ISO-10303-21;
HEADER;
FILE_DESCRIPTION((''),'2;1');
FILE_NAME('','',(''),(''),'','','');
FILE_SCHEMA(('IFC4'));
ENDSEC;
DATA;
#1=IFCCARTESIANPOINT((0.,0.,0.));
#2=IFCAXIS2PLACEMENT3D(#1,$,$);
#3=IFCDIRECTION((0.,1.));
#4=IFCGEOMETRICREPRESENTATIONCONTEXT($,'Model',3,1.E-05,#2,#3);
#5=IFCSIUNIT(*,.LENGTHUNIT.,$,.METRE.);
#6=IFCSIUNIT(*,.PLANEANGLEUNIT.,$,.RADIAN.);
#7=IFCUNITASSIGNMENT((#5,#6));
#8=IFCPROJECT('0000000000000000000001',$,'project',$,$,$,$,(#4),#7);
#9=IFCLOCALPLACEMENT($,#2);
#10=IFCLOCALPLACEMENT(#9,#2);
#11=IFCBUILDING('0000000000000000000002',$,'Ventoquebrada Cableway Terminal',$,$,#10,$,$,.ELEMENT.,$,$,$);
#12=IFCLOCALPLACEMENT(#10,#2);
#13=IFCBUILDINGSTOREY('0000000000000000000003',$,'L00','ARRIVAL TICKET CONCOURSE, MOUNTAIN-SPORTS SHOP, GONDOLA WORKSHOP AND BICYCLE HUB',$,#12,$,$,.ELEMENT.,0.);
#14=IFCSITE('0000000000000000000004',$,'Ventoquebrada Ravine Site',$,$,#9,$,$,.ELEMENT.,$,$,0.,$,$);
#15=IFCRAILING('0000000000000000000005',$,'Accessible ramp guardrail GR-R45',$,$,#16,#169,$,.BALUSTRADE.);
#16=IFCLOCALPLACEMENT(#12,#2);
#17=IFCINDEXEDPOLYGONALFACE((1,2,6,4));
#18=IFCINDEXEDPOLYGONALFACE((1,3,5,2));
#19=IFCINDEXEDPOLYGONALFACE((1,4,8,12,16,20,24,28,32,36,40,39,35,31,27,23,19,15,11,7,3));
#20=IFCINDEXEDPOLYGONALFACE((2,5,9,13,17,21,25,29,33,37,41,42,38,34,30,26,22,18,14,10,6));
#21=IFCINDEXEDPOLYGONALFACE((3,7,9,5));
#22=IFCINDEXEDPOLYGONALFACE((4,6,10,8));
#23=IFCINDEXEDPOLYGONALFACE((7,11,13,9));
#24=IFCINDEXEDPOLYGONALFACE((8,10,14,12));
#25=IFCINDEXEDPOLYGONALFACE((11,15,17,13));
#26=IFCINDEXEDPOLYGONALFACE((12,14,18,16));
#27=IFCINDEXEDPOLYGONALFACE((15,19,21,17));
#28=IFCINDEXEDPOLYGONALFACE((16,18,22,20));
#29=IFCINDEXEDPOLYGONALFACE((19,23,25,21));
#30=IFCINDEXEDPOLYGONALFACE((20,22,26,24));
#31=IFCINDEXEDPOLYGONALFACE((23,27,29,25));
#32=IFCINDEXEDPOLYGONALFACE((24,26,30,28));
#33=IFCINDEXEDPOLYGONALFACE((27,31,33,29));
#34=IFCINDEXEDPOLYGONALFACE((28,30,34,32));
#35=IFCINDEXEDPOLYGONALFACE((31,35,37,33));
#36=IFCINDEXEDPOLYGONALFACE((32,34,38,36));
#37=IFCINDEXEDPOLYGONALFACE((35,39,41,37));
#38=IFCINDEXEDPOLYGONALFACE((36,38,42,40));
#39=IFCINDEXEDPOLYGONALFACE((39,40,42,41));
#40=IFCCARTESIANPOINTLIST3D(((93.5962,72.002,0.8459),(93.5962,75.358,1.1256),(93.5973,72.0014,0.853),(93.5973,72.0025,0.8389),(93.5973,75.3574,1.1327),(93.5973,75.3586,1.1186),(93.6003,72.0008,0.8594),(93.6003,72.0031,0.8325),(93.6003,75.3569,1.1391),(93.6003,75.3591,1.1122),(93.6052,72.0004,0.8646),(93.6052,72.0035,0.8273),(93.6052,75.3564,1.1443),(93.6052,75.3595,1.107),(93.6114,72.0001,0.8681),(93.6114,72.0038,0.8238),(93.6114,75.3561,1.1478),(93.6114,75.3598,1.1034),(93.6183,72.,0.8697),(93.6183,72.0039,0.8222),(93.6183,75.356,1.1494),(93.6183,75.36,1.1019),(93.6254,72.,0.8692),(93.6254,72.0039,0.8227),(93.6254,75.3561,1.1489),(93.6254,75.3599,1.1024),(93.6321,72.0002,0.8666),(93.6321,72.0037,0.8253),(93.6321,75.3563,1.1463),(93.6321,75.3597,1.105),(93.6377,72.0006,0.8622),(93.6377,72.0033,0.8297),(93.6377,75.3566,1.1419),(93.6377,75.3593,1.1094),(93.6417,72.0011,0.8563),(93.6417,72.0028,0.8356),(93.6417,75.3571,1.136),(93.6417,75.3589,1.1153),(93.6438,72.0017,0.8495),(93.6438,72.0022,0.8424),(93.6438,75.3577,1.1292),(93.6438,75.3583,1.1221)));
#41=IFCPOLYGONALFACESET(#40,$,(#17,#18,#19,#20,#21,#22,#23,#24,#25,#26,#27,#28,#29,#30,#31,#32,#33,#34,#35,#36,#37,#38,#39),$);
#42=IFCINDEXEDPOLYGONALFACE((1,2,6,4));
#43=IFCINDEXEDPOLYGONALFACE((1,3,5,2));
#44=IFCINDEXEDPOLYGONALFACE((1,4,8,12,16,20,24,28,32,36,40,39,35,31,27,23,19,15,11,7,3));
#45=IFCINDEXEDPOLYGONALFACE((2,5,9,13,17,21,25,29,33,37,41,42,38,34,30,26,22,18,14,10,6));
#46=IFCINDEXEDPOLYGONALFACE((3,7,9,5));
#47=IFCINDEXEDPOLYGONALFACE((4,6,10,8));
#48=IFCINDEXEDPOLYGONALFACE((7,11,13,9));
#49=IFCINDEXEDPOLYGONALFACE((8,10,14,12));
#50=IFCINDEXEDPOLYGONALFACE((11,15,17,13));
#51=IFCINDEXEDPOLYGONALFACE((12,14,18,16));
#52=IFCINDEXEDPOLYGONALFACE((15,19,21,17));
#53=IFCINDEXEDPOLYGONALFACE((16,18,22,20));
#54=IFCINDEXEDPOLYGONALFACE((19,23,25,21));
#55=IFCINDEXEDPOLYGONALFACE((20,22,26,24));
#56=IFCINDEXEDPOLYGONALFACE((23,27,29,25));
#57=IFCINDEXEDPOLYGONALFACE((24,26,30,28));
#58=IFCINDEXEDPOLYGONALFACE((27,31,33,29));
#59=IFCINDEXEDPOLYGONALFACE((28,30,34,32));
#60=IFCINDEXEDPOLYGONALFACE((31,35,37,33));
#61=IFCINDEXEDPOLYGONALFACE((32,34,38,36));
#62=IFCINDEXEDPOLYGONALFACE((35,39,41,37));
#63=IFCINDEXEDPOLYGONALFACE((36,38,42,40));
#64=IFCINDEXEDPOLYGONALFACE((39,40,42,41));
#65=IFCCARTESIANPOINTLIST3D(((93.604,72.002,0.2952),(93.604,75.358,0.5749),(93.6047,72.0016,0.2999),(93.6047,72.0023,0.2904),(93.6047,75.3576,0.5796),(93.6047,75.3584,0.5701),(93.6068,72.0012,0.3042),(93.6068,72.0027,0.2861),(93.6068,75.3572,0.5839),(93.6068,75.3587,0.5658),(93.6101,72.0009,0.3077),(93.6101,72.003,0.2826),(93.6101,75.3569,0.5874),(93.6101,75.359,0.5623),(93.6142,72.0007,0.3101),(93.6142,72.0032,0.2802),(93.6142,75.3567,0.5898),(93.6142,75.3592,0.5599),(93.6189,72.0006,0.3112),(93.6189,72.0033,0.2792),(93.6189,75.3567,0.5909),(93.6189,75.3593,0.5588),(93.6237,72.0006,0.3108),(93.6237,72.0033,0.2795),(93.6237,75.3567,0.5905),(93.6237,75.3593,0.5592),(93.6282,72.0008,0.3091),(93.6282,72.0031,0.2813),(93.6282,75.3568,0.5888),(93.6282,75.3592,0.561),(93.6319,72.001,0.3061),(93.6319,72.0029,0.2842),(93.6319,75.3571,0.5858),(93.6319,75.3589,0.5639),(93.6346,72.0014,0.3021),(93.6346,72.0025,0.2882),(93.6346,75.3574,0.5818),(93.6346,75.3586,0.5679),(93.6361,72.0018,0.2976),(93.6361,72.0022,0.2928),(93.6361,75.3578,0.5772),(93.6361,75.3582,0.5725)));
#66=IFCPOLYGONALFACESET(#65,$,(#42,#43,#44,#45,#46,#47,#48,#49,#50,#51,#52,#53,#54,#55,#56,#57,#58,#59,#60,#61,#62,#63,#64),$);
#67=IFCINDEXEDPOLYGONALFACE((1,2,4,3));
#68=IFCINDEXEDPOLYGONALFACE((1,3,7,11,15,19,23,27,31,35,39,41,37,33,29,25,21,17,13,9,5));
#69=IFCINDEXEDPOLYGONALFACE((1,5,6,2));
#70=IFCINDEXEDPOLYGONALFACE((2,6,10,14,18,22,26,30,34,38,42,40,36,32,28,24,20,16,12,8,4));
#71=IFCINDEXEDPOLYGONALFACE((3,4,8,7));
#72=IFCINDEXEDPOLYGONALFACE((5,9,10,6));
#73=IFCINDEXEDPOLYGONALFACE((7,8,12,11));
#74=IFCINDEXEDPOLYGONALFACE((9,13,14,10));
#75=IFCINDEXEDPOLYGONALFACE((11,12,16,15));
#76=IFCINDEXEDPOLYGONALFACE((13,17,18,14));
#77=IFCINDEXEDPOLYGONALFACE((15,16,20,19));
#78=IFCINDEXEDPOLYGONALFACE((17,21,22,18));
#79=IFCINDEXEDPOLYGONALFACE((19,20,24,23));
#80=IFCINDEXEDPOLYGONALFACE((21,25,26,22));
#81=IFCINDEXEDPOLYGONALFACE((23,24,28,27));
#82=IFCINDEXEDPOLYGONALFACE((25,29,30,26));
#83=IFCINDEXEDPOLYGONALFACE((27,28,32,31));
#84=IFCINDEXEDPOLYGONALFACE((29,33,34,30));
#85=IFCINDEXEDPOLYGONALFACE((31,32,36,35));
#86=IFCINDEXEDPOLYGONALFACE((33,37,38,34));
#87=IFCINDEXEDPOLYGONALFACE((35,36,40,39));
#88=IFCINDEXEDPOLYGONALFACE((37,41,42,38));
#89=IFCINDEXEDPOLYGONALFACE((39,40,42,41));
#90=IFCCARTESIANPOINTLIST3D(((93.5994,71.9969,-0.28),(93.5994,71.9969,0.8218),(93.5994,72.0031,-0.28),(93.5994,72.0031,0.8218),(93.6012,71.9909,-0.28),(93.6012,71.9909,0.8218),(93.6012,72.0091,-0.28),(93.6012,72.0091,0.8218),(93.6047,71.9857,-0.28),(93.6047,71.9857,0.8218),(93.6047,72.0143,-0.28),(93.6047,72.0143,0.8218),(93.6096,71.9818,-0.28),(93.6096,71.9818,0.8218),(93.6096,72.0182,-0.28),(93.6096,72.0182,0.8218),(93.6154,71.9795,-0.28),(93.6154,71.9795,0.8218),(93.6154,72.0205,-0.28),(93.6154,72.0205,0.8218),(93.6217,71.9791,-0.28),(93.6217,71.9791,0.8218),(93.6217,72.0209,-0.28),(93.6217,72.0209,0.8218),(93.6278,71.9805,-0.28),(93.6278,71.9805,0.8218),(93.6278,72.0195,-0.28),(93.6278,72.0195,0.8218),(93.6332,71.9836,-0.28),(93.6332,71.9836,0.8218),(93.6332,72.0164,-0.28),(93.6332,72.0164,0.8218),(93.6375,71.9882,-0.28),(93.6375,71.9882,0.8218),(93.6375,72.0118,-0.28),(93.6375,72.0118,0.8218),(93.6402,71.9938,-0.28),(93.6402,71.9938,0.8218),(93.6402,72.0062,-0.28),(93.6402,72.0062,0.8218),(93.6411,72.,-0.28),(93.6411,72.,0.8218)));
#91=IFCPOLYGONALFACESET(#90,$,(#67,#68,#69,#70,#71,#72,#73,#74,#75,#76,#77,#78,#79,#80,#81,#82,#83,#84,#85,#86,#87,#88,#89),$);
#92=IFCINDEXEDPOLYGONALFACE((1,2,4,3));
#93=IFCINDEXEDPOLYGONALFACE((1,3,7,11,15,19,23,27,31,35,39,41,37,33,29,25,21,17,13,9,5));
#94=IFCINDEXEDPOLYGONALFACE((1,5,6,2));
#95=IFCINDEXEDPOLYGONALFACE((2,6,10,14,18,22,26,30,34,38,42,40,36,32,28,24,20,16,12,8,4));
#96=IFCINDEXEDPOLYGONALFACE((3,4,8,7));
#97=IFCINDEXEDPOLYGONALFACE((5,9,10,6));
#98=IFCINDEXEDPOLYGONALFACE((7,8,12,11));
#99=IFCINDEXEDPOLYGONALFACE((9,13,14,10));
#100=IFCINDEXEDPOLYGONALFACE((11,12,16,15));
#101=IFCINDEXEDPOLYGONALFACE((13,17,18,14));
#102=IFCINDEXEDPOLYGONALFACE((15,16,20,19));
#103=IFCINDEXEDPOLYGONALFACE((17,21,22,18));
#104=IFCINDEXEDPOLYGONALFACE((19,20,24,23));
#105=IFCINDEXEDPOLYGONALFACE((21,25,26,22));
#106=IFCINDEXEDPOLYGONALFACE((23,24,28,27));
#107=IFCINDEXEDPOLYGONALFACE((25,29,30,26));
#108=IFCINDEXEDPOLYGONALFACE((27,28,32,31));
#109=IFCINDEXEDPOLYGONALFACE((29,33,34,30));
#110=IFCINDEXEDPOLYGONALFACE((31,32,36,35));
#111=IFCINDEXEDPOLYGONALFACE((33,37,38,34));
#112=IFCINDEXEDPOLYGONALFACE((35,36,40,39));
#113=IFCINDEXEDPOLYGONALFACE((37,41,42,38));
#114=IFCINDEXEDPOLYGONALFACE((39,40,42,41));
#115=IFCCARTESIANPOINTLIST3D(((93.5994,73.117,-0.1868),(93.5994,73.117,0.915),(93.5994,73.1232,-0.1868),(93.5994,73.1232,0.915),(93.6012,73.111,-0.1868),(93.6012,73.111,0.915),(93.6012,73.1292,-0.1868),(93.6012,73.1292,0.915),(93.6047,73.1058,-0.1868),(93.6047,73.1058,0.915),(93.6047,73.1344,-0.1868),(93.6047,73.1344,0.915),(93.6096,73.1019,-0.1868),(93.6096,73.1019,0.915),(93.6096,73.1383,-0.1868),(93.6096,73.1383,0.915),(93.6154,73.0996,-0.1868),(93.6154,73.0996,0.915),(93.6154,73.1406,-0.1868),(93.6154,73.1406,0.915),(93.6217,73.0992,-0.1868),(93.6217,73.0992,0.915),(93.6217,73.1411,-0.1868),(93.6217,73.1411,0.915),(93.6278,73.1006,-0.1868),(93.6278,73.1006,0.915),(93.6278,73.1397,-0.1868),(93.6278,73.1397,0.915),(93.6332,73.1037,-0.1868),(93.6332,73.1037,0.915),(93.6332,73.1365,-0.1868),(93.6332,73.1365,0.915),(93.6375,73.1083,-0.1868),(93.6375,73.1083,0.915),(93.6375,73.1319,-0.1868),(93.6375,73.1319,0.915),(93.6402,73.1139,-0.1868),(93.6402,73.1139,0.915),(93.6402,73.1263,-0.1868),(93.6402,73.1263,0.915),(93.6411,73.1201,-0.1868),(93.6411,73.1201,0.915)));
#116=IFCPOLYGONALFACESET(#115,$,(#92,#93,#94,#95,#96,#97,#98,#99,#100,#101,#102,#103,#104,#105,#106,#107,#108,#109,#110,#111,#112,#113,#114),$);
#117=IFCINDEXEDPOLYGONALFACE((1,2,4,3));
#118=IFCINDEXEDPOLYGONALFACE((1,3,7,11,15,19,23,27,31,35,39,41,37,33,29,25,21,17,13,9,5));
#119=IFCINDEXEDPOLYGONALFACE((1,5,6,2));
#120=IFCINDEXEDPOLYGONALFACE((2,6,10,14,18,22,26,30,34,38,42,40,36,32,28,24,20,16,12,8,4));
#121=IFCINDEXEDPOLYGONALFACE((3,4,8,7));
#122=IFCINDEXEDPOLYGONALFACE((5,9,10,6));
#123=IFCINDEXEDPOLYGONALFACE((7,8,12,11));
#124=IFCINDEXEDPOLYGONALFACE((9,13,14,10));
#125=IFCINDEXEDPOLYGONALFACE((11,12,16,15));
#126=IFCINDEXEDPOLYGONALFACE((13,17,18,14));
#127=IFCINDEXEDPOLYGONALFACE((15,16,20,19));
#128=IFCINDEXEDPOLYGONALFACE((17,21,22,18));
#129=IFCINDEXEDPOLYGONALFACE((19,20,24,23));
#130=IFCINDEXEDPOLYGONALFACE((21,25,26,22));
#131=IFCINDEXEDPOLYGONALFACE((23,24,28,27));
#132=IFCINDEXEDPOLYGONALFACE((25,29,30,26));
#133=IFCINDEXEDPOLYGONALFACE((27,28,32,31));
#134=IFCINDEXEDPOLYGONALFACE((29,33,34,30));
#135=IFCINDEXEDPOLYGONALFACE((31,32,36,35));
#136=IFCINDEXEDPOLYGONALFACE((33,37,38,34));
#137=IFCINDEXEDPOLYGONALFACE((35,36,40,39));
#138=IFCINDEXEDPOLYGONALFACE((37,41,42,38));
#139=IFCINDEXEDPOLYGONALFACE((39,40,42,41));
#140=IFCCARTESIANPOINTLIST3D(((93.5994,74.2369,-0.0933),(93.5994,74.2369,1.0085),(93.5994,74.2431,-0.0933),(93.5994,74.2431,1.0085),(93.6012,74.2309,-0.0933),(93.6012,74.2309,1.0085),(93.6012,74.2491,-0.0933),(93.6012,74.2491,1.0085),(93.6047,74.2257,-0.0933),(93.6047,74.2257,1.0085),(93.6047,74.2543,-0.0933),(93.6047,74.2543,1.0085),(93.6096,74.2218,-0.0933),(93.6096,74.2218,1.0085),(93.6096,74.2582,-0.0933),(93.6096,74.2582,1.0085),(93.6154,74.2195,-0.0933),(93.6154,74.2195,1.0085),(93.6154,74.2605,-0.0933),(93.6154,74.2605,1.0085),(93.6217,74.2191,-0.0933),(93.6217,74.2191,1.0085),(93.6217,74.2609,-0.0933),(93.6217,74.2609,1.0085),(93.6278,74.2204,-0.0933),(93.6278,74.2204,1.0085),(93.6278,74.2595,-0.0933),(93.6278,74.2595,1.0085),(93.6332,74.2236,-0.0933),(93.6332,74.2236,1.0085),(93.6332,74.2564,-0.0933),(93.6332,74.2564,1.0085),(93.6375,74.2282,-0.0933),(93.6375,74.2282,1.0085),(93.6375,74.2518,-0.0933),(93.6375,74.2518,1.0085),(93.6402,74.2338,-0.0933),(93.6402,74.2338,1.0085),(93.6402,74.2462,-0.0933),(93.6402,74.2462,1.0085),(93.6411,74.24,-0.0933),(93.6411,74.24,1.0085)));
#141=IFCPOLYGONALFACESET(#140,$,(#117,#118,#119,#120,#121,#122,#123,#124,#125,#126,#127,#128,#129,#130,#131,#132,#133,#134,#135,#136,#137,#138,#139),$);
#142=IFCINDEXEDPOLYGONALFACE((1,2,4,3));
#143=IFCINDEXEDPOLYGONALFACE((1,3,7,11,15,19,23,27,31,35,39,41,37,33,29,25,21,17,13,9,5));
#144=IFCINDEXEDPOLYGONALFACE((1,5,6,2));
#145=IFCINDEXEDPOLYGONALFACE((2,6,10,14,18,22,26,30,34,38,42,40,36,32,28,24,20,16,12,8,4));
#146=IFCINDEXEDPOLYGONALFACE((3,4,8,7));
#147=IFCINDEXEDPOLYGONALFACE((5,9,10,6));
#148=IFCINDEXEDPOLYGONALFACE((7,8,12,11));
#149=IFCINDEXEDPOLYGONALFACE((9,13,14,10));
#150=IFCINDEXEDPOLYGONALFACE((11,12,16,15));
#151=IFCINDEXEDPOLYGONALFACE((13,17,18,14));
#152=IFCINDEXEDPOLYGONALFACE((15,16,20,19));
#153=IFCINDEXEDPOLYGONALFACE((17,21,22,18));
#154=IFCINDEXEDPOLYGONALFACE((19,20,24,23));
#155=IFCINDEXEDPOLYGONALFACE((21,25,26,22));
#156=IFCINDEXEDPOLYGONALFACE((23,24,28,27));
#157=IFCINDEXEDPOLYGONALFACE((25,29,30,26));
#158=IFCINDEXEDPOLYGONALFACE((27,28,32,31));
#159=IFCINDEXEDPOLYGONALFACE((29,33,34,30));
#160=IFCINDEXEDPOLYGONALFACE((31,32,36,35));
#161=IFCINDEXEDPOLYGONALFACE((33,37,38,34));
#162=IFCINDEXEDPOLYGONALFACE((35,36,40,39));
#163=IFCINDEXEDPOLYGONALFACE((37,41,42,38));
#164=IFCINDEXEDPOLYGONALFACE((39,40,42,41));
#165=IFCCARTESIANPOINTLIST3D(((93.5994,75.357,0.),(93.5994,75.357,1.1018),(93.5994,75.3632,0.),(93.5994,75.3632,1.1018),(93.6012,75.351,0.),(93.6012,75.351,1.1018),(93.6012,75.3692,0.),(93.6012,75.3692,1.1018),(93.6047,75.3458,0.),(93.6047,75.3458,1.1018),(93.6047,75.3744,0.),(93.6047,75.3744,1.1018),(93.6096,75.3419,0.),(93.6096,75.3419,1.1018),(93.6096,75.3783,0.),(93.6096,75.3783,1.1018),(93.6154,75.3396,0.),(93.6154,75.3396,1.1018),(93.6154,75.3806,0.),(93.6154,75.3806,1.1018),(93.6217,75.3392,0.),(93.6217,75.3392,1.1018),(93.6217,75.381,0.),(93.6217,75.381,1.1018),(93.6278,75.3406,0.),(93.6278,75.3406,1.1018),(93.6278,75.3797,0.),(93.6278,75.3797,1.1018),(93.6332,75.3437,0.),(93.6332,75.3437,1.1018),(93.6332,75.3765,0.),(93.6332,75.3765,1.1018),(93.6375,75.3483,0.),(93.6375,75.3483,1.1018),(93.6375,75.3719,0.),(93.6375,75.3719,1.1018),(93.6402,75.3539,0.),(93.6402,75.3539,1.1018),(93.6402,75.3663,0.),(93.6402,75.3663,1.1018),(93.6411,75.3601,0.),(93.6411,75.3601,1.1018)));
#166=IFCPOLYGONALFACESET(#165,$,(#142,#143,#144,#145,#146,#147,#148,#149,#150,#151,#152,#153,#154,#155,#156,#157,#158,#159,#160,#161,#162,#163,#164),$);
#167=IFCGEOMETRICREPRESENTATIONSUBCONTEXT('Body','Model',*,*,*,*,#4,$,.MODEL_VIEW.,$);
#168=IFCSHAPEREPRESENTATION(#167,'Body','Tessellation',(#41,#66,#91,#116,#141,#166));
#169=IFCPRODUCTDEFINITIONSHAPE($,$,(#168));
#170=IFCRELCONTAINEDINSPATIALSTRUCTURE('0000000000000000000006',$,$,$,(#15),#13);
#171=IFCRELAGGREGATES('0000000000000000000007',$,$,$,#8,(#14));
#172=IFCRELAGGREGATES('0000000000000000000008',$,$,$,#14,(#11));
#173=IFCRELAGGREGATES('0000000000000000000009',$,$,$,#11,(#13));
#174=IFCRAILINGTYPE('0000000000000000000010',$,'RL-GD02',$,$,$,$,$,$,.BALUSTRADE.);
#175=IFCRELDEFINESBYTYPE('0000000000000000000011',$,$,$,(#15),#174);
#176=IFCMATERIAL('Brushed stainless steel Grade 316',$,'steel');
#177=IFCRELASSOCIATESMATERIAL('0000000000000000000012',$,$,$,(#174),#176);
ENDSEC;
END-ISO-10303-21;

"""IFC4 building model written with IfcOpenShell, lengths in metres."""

from ifc_helpers import new_model, si_unit, direction, frame, origin, origin_2d, place, context, subcontext, project, spatial, circle, extrude, material, type_object, element, save


model = new_model("IFC4")

# Units and contexts
model_context = context("Model", 3, precision=1e-05, world=origin(), true_north=direction((0.0, 1.0)))
body_context = subcontext(model_context, "Body", "Model", "MODEL_VIEW")
ifc_project = project(units=[si_unit("LENGTHUNIT", "METRE"), si_unit("PLANEANGLEUNIT", "RADIAN")], contexts=[model_context])

# Site, building, storey
site_placement = place(None, origin())
site = spatial("IfcSite", under=ifc_project, at=site_placement, Name="Ventoquebrada Ravine Site", CompositionType="ELEMENT", RefElevation=0.0)
building_placement = place(site_placement, origin())
building = spatial("IfcBuilding", under=site, at=building_placement, Name="Ventoquebrada Cableway Terminal", CompositionType="ELEMENT")
storey_placement = place(building_placement, origin())
storey = spatial("IfcBuildingStorey", under=building, at=storey_placement, Name="L00", Description="ARRIVAL TICKET CONCOURSE, MOUNTAIN-SPORTS SHOP, GONDOLA WORKSHOP AND BICYCLE HUB", CompositionType="ELEMENT", Elevation=0.0)

# Railing
ifc_material_1 = material(Name="Brushed stainless steel Grade 316", Category="steel")
railing_type = type_object("IfcRailingType", Name="RL-GD02", PredefinedType="BALUSTRADE", material=ifc_material_1)
for number, where, name in (
    (1, (93.6201, 72.0, -0.28), "Accessible ramp guardrail GR-R45"),
):
    element("IfcRailing", number, at=place(storey_placement, frame(where)), inside=storey, type_object=railing_type, Name=name, PredefinedType="BALUSTRADE", context=body_context, shape_type="SweptSolid", body=[
        extrude(circle(Radius=0.0239, at=origin_2d()), frame((0.0, 0.002, 1.126), z_axis=(0.0, 0.996545, 0.083051), x_axis=(-1.0, 0.0, 0.0)), (0.0, 0.0, 1.0), 3.3677),
        extrude(circle(Radius=0.0161, at=origin_2d()), frame((0.0, 0.002, 0.5752), z_axis=(0.0, 0.996545, 0.083051), x_axis=(-1.0, 0.0, 0.0)), (0.0, 0.0, 1.0), 3.3677),
        extrude(circle(Radius=0.021, at=origin_2d()), origin(), (0.0, 0.0, 1.0), 1.1018),
        extrude(circle(Radius=0.021, at=origin_2d()), frame((0.0, 1.1201, 0.0933)), (0.0, 0.0, 1.0), 1.1018),
        extrude(circle(Radius=0.021, at=origin_2d()), frame((0.0, 2.24, 0.1868)), (0.0, 0.0, 1.0), 1.1018),
        extrude(circle(Radius=0.021, at=origin_2d()), frame((0.0, 3.3601, 0.28)), (0.0, 0.0, 1.0), 1.1018),
    ])

save(model, "model.ifc")
